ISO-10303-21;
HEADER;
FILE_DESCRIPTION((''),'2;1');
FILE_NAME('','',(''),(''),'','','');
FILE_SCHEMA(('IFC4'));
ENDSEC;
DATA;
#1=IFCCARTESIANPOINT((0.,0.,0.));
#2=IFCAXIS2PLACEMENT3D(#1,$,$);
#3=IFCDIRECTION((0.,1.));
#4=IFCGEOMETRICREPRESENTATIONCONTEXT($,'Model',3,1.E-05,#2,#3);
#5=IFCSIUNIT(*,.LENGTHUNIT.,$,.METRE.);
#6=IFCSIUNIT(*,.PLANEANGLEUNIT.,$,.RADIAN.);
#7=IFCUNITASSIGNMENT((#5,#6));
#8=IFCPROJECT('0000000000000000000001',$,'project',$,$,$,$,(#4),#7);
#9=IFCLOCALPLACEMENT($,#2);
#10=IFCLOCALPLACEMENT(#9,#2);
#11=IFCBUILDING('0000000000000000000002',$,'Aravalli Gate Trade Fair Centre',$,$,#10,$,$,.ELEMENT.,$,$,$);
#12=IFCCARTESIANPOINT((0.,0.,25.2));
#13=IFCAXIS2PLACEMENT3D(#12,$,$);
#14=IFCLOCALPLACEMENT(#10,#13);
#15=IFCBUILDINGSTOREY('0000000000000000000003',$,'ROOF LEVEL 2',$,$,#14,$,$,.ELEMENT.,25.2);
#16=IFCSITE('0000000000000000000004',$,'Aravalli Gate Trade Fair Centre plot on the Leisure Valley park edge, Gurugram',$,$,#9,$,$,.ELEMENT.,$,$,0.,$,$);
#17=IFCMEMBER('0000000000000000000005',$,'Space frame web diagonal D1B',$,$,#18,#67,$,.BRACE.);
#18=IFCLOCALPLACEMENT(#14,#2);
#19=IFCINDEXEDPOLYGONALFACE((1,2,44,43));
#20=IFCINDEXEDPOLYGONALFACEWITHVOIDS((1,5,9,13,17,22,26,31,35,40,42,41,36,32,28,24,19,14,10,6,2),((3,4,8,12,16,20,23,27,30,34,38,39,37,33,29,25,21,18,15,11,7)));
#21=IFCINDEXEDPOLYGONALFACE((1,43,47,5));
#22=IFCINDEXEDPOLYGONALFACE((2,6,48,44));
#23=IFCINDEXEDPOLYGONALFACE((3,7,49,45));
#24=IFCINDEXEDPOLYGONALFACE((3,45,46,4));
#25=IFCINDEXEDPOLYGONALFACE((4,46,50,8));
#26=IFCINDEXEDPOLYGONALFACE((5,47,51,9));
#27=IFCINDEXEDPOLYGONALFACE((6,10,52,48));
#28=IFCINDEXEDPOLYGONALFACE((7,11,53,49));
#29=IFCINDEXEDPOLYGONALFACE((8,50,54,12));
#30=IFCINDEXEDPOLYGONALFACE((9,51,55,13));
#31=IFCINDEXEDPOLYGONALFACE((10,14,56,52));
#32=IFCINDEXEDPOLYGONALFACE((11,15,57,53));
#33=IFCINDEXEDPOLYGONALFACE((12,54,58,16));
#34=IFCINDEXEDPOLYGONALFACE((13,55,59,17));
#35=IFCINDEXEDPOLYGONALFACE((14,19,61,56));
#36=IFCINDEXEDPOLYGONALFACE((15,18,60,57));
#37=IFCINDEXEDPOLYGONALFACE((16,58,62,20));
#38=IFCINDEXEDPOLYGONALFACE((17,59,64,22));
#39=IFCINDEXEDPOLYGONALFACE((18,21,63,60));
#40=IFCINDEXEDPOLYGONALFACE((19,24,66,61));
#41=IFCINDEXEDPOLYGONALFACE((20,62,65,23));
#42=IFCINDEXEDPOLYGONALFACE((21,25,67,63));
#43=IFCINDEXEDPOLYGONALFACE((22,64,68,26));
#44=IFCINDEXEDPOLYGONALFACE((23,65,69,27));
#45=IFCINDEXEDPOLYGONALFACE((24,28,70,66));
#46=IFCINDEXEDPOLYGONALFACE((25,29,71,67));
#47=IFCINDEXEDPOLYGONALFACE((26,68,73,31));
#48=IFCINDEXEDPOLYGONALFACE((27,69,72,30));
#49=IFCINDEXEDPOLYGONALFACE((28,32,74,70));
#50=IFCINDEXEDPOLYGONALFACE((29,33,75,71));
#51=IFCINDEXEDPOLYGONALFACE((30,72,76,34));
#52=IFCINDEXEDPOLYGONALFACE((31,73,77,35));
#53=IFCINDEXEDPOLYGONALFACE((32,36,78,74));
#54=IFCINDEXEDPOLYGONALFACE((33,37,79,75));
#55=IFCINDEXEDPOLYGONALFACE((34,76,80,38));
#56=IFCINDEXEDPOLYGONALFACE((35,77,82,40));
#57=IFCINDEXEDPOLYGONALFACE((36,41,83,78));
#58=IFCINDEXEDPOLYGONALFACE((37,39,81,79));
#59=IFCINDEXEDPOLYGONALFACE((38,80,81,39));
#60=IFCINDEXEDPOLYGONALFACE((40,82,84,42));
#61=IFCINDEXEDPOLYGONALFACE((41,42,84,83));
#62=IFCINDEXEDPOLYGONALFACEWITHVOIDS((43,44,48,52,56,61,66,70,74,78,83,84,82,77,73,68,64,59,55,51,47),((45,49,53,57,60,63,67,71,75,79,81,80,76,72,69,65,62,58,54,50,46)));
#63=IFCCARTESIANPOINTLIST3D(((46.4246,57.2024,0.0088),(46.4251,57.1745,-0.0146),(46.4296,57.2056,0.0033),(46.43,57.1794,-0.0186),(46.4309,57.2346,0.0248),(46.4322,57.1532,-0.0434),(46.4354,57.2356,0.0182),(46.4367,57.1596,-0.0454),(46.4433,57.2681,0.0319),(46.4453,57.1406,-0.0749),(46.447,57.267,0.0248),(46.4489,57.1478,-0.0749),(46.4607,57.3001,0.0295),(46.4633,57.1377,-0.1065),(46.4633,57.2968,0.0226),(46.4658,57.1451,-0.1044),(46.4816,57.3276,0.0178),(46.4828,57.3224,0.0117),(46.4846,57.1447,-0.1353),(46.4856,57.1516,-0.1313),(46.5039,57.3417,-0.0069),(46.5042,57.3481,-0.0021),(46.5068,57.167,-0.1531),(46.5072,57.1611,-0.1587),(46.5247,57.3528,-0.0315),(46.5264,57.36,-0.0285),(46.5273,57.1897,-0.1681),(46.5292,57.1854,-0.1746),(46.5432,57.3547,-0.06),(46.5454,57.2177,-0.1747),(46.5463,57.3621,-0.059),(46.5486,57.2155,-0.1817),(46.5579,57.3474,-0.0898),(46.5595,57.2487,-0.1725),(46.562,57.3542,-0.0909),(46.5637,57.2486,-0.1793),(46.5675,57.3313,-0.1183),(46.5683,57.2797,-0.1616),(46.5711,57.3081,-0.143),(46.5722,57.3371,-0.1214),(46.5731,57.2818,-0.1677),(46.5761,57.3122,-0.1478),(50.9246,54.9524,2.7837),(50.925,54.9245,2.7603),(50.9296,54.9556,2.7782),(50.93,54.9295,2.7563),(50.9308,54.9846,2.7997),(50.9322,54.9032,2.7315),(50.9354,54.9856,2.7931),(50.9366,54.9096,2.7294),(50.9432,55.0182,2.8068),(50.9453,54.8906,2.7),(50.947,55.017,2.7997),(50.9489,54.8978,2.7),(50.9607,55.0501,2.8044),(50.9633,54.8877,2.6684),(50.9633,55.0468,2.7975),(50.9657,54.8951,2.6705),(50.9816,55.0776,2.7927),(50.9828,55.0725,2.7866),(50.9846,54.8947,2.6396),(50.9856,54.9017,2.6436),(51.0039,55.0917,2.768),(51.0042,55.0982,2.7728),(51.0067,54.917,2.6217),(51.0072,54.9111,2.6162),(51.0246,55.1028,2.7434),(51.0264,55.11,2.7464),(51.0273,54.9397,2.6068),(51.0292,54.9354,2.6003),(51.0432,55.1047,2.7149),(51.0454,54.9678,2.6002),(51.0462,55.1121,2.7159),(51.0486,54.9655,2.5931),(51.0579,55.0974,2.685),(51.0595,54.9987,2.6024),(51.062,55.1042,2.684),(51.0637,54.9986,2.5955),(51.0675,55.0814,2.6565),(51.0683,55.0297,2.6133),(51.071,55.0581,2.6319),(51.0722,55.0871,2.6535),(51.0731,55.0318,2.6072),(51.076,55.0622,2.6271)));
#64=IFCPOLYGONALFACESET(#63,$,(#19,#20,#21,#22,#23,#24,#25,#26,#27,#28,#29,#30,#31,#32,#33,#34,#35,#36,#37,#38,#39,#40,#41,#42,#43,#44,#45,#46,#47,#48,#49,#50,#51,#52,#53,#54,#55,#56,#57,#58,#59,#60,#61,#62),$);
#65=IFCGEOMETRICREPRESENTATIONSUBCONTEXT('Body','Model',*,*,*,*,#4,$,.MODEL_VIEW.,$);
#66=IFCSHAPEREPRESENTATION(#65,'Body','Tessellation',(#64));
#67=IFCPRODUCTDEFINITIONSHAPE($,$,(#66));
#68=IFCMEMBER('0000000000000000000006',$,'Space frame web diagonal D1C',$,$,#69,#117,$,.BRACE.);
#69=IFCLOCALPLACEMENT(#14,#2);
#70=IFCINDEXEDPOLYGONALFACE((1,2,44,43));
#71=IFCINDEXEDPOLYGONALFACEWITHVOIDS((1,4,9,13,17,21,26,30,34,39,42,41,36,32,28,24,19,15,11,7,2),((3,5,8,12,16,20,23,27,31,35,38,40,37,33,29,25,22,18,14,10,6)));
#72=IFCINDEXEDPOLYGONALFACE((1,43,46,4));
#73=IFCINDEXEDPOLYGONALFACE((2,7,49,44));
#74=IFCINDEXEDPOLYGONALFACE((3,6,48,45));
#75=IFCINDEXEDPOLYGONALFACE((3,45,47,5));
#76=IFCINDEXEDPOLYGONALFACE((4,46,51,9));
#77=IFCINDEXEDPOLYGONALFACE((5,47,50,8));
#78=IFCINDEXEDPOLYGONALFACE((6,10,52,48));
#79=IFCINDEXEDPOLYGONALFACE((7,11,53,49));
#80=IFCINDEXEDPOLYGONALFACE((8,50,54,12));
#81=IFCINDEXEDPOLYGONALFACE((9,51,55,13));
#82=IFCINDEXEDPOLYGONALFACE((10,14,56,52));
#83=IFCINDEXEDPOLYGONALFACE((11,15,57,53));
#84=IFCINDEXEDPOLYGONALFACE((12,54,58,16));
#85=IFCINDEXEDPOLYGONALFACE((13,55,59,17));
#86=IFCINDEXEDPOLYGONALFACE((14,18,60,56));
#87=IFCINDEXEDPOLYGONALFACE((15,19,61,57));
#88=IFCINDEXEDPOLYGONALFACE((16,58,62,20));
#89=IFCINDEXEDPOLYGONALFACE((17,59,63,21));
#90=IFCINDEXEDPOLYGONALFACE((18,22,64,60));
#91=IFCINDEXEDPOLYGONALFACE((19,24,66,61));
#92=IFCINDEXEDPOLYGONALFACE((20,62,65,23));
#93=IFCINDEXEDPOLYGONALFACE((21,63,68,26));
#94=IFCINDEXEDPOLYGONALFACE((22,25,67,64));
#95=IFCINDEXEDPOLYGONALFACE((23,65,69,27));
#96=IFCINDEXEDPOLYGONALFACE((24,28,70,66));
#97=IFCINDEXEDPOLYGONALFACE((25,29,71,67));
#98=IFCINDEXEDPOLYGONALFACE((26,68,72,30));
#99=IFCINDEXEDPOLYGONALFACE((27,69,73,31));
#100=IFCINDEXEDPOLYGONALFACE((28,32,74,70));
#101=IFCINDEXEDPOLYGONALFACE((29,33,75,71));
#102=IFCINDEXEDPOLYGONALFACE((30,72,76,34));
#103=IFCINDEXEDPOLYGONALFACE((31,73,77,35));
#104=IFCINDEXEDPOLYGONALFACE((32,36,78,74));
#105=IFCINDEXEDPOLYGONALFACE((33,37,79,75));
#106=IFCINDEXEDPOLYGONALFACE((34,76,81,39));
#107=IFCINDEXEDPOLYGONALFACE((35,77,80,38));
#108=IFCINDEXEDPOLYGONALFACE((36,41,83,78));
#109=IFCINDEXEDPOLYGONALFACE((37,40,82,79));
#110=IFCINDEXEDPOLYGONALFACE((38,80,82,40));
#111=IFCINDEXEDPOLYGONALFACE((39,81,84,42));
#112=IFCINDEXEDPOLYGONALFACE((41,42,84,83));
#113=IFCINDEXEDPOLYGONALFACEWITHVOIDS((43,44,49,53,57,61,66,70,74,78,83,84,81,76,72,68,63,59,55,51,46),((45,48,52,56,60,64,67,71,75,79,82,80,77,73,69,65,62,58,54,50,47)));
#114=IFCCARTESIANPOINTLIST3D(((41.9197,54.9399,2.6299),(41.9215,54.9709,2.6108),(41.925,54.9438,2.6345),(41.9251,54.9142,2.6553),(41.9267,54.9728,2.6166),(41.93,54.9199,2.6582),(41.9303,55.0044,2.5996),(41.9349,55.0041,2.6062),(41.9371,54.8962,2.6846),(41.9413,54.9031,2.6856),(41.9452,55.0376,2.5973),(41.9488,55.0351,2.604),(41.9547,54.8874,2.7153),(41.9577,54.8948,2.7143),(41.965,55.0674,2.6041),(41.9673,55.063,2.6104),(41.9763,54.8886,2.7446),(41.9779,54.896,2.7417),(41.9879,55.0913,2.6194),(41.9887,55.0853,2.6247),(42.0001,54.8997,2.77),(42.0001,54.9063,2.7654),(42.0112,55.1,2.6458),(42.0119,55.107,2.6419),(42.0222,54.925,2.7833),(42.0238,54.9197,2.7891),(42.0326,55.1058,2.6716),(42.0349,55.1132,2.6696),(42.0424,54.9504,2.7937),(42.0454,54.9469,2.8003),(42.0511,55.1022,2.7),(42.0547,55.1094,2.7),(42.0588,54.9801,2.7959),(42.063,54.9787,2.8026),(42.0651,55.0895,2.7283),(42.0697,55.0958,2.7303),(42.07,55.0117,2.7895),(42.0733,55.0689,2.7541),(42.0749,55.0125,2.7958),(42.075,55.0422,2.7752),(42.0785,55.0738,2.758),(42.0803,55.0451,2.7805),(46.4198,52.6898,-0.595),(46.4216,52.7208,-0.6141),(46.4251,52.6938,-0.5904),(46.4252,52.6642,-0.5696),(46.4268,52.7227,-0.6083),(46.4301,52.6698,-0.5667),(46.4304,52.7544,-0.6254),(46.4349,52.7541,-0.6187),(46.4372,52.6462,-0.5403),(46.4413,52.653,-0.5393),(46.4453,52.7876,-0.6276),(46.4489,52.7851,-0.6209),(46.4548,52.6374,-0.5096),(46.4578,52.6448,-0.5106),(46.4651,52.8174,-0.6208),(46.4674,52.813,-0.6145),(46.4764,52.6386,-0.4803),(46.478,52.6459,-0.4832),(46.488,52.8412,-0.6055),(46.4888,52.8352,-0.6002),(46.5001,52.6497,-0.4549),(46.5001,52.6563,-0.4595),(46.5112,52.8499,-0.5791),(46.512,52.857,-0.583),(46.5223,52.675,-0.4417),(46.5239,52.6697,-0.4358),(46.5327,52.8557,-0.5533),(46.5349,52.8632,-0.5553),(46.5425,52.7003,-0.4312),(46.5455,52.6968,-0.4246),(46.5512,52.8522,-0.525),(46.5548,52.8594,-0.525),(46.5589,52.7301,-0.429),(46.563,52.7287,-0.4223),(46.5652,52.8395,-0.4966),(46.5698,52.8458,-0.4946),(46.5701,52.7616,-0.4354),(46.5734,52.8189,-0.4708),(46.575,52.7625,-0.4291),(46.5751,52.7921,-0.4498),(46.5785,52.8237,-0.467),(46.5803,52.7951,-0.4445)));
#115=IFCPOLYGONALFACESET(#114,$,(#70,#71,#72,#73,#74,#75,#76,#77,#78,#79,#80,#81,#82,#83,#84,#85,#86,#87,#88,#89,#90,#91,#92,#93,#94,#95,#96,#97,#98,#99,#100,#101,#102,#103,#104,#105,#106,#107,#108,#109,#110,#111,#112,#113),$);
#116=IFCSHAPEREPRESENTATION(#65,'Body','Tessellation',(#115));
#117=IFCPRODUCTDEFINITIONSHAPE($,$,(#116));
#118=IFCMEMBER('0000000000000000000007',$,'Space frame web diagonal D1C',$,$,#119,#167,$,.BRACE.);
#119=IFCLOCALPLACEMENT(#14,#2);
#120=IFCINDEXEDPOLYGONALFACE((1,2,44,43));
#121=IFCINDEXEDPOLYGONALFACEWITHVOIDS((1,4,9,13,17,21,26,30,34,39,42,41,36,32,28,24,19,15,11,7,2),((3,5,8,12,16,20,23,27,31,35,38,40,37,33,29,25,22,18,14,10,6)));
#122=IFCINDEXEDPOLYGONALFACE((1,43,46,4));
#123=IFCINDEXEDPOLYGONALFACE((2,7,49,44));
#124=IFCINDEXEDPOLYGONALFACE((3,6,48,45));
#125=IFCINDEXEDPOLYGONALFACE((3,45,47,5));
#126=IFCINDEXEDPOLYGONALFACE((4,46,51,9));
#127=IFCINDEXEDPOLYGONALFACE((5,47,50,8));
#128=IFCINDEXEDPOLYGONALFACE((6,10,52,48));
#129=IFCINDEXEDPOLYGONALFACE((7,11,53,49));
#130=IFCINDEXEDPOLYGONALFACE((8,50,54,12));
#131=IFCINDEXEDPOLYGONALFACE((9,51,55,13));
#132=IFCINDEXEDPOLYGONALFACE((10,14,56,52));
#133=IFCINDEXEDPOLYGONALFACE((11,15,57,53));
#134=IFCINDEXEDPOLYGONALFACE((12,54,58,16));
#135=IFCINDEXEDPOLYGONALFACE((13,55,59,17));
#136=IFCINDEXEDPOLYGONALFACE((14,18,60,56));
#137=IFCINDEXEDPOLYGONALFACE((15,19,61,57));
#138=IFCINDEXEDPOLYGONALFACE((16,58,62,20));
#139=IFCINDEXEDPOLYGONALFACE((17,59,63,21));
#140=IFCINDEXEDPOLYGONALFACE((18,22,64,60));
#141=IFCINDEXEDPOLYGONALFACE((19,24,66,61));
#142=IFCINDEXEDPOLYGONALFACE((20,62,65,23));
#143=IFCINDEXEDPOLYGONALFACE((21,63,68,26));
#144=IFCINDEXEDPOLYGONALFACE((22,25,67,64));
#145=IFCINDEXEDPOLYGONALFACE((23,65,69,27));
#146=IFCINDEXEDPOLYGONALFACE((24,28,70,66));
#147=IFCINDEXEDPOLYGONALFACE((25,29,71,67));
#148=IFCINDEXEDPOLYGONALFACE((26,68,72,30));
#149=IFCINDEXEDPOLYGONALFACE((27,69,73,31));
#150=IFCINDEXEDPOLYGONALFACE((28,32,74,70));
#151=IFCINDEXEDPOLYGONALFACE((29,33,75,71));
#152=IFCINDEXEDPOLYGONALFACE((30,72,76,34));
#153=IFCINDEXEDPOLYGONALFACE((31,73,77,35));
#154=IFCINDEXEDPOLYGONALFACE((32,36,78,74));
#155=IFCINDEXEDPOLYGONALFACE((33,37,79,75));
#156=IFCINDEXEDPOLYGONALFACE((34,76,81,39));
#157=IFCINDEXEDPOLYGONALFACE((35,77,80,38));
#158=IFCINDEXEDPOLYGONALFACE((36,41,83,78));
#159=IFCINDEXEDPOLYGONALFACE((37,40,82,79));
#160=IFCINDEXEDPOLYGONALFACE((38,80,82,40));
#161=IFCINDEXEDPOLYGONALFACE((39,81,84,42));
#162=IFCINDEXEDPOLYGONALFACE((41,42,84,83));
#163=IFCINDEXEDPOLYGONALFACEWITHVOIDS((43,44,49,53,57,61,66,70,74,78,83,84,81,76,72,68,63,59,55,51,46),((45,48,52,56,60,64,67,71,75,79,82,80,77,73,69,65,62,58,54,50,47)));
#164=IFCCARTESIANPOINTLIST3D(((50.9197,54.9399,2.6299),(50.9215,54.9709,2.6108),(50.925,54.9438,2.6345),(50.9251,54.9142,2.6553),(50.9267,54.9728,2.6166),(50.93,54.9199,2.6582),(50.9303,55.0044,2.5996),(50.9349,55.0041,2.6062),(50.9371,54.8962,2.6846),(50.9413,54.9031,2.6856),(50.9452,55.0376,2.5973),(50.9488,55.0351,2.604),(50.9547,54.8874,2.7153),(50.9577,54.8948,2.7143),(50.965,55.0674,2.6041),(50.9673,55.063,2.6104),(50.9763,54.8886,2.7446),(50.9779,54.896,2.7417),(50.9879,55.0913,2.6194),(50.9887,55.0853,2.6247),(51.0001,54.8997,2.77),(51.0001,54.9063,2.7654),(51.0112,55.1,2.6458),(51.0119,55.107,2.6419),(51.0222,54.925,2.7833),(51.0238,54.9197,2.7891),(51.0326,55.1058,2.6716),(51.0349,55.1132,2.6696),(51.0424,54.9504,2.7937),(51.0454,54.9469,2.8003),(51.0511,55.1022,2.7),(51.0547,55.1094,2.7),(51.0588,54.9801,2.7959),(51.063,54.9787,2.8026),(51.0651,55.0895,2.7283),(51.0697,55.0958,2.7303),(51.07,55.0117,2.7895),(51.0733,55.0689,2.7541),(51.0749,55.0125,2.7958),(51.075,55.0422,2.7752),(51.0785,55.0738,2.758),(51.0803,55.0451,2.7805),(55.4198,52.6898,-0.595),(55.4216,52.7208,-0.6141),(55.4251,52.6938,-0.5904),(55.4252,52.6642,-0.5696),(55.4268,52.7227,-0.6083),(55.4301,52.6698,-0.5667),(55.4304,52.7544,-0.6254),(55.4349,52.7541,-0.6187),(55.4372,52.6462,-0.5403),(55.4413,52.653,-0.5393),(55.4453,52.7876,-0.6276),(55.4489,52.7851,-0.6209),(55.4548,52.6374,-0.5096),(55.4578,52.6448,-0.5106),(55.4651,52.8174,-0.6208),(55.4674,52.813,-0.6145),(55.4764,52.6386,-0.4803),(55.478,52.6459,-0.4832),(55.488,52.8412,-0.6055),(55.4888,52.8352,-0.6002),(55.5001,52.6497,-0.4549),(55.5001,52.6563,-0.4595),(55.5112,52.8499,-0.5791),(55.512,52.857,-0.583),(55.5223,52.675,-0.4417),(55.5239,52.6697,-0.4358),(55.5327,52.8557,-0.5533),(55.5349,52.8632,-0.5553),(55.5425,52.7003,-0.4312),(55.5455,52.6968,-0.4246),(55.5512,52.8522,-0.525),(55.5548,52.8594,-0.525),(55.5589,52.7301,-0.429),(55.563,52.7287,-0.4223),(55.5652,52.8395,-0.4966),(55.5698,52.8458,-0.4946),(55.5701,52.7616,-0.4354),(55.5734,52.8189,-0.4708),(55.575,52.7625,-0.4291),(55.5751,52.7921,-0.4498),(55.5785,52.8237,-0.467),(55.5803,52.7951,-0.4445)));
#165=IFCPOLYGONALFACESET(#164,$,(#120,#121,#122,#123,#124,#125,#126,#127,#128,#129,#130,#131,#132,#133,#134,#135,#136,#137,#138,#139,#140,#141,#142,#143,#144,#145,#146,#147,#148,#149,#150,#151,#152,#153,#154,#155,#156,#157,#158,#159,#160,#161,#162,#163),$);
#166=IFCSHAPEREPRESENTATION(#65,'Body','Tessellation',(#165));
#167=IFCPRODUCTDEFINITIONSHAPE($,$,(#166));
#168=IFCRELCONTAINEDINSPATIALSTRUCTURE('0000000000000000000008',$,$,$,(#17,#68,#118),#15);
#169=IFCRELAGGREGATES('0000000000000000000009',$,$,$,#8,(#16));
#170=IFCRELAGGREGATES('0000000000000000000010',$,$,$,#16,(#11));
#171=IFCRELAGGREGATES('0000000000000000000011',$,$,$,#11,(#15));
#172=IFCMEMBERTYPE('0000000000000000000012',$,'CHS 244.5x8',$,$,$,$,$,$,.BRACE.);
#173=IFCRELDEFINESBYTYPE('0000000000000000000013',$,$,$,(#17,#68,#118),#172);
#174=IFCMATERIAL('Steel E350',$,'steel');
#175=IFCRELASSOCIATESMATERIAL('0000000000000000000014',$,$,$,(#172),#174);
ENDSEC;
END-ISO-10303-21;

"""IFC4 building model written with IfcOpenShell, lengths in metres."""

from ifc_helpers import new_model, si_unit, direction, frame, origin, origin_2d, place, context, subcontext, project, spatial, hollow_circle, extrude, material, material_profile, profile_set, type_object, element, save


model = new_model("IFC4")

# Units and contexts
model_context = context("Model", 3, precision=1e-05, world=origin(), true_north=direction((0.0, 1.0)))
body_context = subcontext(model_context, "Body", "Model", "MODEL_VIEW")
ifc_project = project(units=[si_unit("LENGTHUNIT", "METRE"), si_unit("PLANEANGLEUNIT", "RADIAN")], contexts=[model_context])

# Site, building, storey
site_placement = place(None, origin())
site = spatial("IfcSite", under=ifc_project, at=site_placement, Name="Aravalli Gate Trade Fair Centre plot on the Leisure Valley park edge, Gurugram", CompositionType="ELEMENT", RefElevation=0.0)
building_placement = place(site_placement, origin())
building = spatial("IfcBuilding", under=site, at=building_placement, Name="Aravalli Gate Trade Fair Centre", CompositionType="ELEMENT")
storey_placement = place(building_placement, frame((0.0, 0.0, 25.2)))
storey = spatial("IfcBuildingStorey", under=building, at=storey_placement, Name="ROOF LEVEL 2", CompositionType="ELEMENT", Elevation=25.2)

# Members
ifc_material = material(Name="Steel E350", Category="steel")
ifc_material_profile_1 = material_profile(ifc_material, hollow_circle(Radius=0.1223, WallThickness=0.0081, at=origin_2d()), Name="CHS 244.5x8")
ifc_profile_set_1 = profile_set([ifc_material_profile_1], Name="Steel E350")
member_type_1 = type_object("IfcMemberType", Name="CHS 244.5x8", PredefinedType="BRACE", material=ifc_profile_set_1)
for number, where, z_axis, x_axis, name in (
    (1, (51.0, 55.0, 2.7), (-0.7832, 0.3916, -0.482956), (-0.447214, -0.894427, 0.0), "Space frame web diagonal D1B"),
):
    element("IfcMember", number, at=place(storey_placement, frame(where, z_axis=z_axis, x_axis=x_axis)), inside=storey, type_object=member_type_1, Name=name, PredefinedType="BRACE", context=body_context, shape_type="SweptSolid", body=[
        extrude(hollow_circle(Radius=0.1223, WallThickness=0.0081, at=origin_2d()), origin(), (0.0, 0.0, 1.0), 5.7456),
    ])
for number, where, z_axis, x_axis, name in (
    (2, (42.0, 55.0, 2.7), (0.753016, -0.376508, -0.539637), (0.447214, 0.894427, 0.0), "Space frame web diagonal D1C"),
    (3, (51.0, 55.0, 2.7), (0.753016, -0.376508, -0.539637), (0.447214, 0.894427, 0.0), "Space frame web diagonal D1C"),
):
    element("IfcMember", number, at=place(storey_placement, frame(where, z_axis=z_axis, x_axis=x_axis)), inside=storey, type_object=member_type_1, Name=name, PredefinedType="BRACE", context=body_context, shape_type="SweptSolid", body=[
        extrude(hollow_circle(Radius=0.1223, WallThickness=0.0081, at=origin_2d()), origin(), (0.0, 0.0, 1.0), 5.9761),
    ])

save(model, "model.ifc")
